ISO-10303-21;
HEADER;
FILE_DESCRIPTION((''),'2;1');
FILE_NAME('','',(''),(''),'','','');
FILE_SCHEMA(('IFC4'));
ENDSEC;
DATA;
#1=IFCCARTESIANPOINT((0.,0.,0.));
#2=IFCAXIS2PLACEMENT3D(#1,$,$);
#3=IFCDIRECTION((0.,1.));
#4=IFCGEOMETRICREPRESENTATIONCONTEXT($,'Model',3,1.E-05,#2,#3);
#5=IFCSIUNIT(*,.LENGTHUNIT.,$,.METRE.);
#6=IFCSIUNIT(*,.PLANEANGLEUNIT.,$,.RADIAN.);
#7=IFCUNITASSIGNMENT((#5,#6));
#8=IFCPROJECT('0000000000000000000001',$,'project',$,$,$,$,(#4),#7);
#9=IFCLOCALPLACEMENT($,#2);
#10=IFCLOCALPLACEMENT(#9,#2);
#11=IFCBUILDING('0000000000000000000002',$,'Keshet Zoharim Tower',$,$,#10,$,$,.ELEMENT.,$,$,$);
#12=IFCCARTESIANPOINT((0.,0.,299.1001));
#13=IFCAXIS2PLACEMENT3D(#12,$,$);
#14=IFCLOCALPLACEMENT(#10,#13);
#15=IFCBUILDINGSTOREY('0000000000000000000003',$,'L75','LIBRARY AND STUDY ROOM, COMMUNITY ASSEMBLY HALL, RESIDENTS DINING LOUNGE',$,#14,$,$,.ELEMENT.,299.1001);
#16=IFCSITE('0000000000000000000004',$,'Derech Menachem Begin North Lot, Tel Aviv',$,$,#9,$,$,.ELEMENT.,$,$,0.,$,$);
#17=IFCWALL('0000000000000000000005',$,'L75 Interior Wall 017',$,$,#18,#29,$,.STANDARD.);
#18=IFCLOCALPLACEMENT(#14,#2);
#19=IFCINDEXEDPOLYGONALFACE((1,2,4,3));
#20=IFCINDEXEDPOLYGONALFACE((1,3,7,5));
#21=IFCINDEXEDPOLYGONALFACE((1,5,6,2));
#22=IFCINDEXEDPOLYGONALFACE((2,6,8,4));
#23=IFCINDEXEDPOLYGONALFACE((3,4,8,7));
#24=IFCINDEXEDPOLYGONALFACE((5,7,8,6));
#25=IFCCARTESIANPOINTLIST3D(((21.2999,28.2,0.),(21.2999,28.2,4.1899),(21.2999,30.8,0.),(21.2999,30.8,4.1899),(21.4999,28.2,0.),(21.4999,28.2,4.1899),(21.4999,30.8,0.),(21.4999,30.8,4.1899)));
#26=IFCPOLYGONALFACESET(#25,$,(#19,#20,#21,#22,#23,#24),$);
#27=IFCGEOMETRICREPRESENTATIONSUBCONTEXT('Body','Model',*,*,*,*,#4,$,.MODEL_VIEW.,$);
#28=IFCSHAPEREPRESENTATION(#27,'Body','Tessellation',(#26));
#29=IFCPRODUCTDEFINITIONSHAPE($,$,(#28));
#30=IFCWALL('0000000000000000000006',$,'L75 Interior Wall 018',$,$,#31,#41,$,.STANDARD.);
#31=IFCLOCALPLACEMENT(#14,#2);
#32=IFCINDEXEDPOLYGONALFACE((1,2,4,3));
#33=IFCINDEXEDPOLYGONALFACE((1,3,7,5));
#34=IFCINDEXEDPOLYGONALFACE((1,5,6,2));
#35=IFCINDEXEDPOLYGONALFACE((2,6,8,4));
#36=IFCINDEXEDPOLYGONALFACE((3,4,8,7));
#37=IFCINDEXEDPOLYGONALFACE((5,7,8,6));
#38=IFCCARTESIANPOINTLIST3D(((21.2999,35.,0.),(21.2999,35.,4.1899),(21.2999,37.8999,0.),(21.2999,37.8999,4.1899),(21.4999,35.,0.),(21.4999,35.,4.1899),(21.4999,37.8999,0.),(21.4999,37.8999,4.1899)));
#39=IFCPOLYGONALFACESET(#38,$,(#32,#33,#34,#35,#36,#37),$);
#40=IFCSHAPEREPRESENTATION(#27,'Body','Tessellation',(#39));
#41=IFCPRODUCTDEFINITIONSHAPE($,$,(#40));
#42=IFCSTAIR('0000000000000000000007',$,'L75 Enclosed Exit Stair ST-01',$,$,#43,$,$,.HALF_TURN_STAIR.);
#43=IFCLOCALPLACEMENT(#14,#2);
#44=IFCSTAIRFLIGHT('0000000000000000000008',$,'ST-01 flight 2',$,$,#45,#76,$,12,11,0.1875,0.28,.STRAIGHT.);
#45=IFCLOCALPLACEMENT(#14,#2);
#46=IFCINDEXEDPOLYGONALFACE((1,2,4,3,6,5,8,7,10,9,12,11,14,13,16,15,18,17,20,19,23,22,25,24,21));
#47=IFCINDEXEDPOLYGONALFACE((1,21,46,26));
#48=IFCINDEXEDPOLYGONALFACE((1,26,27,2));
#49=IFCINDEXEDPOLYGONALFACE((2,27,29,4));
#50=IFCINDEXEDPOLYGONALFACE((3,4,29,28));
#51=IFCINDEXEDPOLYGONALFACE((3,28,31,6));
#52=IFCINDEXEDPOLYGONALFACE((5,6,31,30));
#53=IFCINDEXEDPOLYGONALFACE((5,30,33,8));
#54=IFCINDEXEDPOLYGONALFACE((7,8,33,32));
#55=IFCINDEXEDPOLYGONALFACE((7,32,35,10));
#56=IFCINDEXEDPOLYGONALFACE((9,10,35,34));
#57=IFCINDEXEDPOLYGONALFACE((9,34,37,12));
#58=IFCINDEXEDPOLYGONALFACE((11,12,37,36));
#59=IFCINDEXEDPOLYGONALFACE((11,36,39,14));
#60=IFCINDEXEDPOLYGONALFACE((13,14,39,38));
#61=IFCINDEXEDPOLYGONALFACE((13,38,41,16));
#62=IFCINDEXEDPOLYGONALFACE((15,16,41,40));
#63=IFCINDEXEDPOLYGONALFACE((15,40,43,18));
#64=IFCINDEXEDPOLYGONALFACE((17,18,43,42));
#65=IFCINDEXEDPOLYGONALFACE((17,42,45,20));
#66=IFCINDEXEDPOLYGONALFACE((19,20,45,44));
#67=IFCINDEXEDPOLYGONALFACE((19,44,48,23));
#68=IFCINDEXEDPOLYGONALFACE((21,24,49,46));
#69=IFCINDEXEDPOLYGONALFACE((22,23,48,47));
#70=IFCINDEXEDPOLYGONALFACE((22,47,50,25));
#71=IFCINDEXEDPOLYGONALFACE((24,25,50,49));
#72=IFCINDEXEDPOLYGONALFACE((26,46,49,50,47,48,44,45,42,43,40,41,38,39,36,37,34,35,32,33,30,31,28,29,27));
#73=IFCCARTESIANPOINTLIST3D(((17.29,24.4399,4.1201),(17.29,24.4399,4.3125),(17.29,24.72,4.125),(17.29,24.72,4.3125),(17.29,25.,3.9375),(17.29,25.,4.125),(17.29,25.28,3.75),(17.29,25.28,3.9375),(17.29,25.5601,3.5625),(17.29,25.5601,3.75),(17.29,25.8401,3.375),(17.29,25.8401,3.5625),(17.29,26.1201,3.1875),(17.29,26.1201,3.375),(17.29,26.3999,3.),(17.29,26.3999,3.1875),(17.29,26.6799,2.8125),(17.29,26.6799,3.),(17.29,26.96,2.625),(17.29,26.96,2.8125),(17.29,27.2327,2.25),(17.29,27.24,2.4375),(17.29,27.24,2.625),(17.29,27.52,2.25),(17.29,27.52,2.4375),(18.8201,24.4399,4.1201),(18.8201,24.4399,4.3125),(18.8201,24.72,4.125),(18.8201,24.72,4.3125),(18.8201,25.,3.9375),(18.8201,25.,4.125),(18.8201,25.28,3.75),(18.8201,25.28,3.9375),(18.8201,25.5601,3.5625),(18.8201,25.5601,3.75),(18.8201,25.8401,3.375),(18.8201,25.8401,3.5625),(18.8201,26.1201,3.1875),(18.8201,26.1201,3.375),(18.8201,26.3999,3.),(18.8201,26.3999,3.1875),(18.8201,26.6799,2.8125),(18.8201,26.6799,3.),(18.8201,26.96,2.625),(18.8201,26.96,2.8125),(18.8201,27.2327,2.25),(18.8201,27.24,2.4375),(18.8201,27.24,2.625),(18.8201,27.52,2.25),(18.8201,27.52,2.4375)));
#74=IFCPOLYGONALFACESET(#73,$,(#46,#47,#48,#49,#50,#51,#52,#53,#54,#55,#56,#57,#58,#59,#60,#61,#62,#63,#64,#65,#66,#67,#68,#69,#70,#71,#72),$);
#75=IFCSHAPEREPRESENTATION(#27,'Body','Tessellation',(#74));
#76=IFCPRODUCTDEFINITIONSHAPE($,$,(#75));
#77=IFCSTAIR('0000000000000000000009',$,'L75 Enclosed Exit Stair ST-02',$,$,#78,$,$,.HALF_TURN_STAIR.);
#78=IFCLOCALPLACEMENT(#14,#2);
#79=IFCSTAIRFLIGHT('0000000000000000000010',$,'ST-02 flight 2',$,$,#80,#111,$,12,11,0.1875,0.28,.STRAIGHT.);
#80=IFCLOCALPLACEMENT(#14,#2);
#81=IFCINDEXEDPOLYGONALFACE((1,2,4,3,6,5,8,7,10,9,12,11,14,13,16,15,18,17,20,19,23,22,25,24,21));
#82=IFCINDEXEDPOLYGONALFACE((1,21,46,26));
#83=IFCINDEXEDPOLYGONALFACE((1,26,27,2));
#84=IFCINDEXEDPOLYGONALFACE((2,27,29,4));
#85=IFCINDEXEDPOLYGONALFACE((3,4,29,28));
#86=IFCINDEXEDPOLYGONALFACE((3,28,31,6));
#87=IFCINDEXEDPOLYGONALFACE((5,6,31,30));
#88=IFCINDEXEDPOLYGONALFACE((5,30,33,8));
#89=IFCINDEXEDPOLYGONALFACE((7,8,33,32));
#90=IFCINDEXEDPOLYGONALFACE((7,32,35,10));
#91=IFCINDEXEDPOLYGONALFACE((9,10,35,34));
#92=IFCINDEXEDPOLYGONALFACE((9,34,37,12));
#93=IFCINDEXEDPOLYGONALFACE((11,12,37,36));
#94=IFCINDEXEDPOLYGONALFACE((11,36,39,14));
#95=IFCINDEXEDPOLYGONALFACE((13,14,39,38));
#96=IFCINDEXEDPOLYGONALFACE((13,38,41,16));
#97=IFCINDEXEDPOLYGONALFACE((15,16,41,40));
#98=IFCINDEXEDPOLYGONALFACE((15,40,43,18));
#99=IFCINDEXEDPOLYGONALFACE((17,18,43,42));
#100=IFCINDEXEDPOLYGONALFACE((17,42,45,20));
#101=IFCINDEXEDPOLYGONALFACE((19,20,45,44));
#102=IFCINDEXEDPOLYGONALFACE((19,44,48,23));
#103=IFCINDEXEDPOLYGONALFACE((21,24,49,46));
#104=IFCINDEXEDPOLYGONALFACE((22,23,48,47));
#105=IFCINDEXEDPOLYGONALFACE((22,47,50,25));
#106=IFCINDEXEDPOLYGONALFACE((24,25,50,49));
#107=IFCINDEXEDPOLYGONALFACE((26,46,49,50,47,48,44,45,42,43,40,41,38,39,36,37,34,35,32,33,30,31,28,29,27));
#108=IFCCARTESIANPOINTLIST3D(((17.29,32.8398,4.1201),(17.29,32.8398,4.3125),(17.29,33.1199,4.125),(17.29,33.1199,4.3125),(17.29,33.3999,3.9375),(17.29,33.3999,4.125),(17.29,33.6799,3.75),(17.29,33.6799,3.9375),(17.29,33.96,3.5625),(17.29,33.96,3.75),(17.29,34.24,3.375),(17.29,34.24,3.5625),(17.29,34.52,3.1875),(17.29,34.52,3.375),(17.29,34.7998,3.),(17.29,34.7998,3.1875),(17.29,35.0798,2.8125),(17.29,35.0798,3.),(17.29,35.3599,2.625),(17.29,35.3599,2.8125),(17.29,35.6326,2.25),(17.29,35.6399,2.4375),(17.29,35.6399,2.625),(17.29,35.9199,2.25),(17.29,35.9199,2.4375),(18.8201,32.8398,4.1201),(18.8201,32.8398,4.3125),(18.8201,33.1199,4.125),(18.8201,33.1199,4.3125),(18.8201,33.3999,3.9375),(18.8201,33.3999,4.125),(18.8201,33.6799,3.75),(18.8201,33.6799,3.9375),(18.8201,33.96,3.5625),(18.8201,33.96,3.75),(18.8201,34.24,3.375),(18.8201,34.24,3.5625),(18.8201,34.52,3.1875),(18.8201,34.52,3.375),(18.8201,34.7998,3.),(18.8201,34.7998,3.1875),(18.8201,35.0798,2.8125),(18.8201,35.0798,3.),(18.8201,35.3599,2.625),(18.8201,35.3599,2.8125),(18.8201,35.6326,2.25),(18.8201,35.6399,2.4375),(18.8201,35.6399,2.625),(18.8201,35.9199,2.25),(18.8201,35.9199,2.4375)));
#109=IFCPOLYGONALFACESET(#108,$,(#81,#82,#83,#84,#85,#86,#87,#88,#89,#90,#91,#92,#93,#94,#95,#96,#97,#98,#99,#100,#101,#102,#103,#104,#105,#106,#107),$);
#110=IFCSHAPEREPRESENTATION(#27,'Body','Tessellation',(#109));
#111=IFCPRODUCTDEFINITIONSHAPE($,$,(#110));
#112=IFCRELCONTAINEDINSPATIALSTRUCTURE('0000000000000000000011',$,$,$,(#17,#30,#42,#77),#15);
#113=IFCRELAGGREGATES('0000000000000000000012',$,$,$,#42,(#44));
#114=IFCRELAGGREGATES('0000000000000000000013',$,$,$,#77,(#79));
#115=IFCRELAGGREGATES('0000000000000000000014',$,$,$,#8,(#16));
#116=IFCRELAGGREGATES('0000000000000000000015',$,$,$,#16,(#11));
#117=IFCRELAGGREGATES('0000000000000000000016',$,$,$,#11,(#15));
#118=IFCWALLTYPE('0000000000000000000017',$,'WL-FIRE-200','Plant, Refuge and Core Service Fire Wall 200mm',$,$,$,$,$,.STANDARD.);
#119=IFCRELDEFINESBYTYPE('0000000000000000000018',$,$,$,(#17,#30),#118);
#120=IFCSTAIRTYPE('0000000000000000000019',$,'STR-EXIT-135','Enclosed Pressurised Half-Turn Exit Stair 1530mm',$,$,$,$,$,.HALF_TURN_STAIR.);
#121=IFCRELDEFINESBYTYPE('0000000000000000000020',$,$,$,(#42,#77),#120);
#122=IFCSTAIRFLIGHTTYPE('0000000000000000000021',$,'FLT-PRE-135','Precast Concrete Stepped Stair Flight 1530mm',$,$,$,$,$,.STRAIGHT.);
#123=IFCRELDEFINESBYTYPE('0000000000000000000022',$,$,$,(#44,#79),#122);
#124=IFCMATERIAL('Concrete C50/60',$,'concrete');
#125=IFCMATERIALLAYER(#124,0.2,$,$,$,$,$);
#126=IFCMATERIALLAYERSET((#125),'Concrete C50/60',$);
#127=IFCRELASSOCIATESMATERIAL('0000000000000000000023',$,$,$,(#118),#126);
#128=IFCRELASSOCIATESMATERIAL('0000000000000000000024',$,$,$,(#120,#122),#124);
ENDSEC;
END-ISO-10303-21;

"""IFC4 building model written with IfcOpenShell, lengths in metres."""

from ifc_helpers import new_model, si_unit, direction, frame, frame_2d, origin, place, context, subcontext, project, spatial, polyline, rectangle, outline, extrude, material, layer, layer_set, type_object, element, aggregate, save


model = new_model("IFC4")

# Units and contexts
model_context = context("Model", 3, precision=1e-05, world=origin(), true_north=direction((0.0, 1.0)))
body_context = subcontext(model_context, "Body", "Model", "MODEL_VIEW")
ifc_project = project(units=[si_unit("LENGTHUNIT", "METRE"), si_unit("PLANEANGLEUNIT", "RADIAN")], contexts=[model_context])

# Site, building, storey
site_placement = place(None, origin())
site = spatial("IfcSite", under=ifc_project, at=site_placement, Name="Derech Menachem Begin North Lot, Tel Aviv", CompositionType="ELEMENT", RefElevation=0.0)
building_placement = place(site_placement, origin())
building = spatial("IfcBuilding", under=site, at=building_placement, Name="Keshet Zoharim Tower", CompositionType="ELEMENT")
storey_placement = place(building_placement, frame((0.0, 0.0, 299.1001)))
storey = spatial("IfcBuildingStorey", under=building, at=storey_placement, Name="L75", Description="LIBRARY AND STUDY ROOM, COMMUNITY ASSEMBLY HALL, RESIDENTS DINING LOUNGE", CompositionType="ELEMENT", Elevation=299.1001)

# Walls
ifc_material_1 = material(Name="Concrete C50/60", Category="concrete")
ifc_layer_1 = layer(ifc_material_1, 0.2)
ifc_layer_set_1 = layer_set([ifc_layer_1], Name="Concrete C50/60")
wall_type_1 = type_object("IfcWallType", Name="WL-FIRE-200", Description="Plant, Refuge and Core Service Fire Wall 200mm", PredefinedType="STANDARD", material=ifc_layer_set_1)
wall_1_placement = place(storey_placement, frame((21.3999, 28.2, 0.0), z_axis=(0.0, 0.0, 1.0), x_axis=(0.0, 1.0, 0.0)))
element("IfcWall", 1, at=wall_1_placement, inside=storey, type_object=wall_type_1, Name="L75 Interior Wall 017", PredefinedType="STANDARD", context=body_context, shape_type="SweptSolid", body=[
    extrude(rectangle(XDim=2.6001, YDim=0.2, at=frame_2d((1.3, 0.0))), origin(), (0.0, 0.0, 1.0), 4.1899),
])
wall_2_placement = place(storey_placement, frame((21.3999, 35.0, 0.0), z_axis=(0.0, 0.0, 1.0), x_axis=(0.0, 1.0, 0.0)))
element("IfcWall", 2, at=wall_2_placement, inside=storey, type_object=wall_type_1, Name="L75 Interior Wall 018", PredefinedType="STANDARD", context=body_context, shape_type="SweptSolid", body=[
    extrude(rectangle(XDim=2.8999, YDim=0.2, at=frame_2d((1.45, 0.0))), origin(), (0.0, 0.0, 1.0), 4.1899),
])

# Stairs, stair flights
stair_type = type_object("IfcStairType", Name="STR-EXIT-135", Description="Enclosed Pressurised Half-Turn Exit Stair 1530mm", PredefinedType="HALF_TURN_STAIR", material=ifc_material_1)
stair_1_placement = place(storey_placement, origin())
stair_1 = element("IfcStair", 3, at=stair_1_placement, inside=storey, type_object=stair_type, Name="L75 Enclosed Exit Stair ST-01", PredefinedType="HALF_TURN_STAIR")
stair_flight_type = type_object("IfcStairFlightType", Name="FLT-PRE-135", Description="Precast Concrete Stepped Stair Flight 1530mm", PredefinedType="STRAIGHT", material=ifc_material_1)
stair_flight_1_placement = place(storey_placement, frame((18.0549, 27.52, 2.25), z_axis=(0.0, 0.0, 1.0), x_axis=(0.0, -1.0, 0.0)))
stair_flight_1 = element("IfcStairFlight", 4, at=stair_flight_1_placement, type_object=stair_flight_type, Name="ST-01 flight 2", NumberOfRisers=12, NumberOfTreads=11, PredefinedType="STRAIGHT", RiserHeight=0.1875, TreadLength=0.28, context=body_context, shape_type="SweptSolid", body=[
    extrude(outline(polyline([(0.0, 0.0), (0.0, 0.1875), (0.28, 0.1875), (0.28, 0.375), (0.5601, 0.375), (0.5601, 0.5625), (0.8401, 0.5625), (0.8401, 0.75), (1.1201, 0.75), (1.1201, 0.9375), (1.3999, 0.9375), (1.3999, 1.125), (1.6799, 1.125), (1.6799, 1.3125), (1.96, 1.3125), (1.96, 1.5), (2.24, 1.5), (2.24, 1.6875), (2.52, 1.6875), (2.52, 1.875), (2.8, 1.875), (2.8, 2.0625), (3.0801, 2.0625), (3.0801, 2.25), (3.0801, 1.8701), (0.2874, 0.0), (0.0, 0.0)])), frame((0.0, 0.7651, 0.0), z_axis=(0.0, -1.0, 0.0), x_axis=(1.0, 0.0, 0.0)), (0.0, 0.0, 1.0), 1.53),
])
aggregate(stair_1, [stair_flight_1])
stair_2_placement = place(storey_placement, origin())
stair_2 = element("IfcStair", 5, at=stair_2_placement, inside=storey, type_object=stair_type, Name="L75 Enclosed Exit Stair ST-02", PredefinedType="HALF_TURN_STAIR")
stair_flight_2_placement = place(storey_placement, frame((18.0549, 35.9199, 2.25), z_axis=(0.0, 0.0, 1.0), x_axis=(0.0, -1.0, 0.0)))
stair_flight_2 = element("IfcStairFlight", 6, at=stair_flight_2_placement, type_object=stair_flight_type, Name="ST-02 flight 2", NumberOfRisers=12, NumberOfTreads=11, PredefinedType="STRAIGHT", RiserHeight=0.1875, TreadLength=0.28, context=body_context, shape_type="SweptSolid", body=[
    extrude(outline(polyline([(0.0, 0.0), (0.0, 0.1875), (0.28, 0.1875), (0.28, 0.375), (0.5601, 0.375), (0.5601, 0.5625), (0.8401, 0.5625), (0.8401, 0.75), (1.1201, 0.75), (1.1201, 0.9375), (1.3999, 0.9375), (1.3999, 1.125), (1.6799, 1.125), (1.6799, 1.3125), (1.96, 1.3125), (1.96, 1.5), (2.24, 1.5), (2.24, 1.6875), (2.52, 1.6875), (2.52, 1.875), (2.8, 1.875), (2.8, 2.0625), (3.0801, 2.0625), (3.0801, 2.25), (3.0801, 1.8701), (0.2874, 0.0), (0.0, 0.0)])), frame((0.0, 0.7651, 0.0), z_axis=(0.0, -1.0, 0.0), x_axis=(1.0, 0.0, 0.0)), (0.0, 0.0, 1.0), 1.53),
])
aggregate(stair_2, [stair_flight_2])

save(model, "model.ifc")
